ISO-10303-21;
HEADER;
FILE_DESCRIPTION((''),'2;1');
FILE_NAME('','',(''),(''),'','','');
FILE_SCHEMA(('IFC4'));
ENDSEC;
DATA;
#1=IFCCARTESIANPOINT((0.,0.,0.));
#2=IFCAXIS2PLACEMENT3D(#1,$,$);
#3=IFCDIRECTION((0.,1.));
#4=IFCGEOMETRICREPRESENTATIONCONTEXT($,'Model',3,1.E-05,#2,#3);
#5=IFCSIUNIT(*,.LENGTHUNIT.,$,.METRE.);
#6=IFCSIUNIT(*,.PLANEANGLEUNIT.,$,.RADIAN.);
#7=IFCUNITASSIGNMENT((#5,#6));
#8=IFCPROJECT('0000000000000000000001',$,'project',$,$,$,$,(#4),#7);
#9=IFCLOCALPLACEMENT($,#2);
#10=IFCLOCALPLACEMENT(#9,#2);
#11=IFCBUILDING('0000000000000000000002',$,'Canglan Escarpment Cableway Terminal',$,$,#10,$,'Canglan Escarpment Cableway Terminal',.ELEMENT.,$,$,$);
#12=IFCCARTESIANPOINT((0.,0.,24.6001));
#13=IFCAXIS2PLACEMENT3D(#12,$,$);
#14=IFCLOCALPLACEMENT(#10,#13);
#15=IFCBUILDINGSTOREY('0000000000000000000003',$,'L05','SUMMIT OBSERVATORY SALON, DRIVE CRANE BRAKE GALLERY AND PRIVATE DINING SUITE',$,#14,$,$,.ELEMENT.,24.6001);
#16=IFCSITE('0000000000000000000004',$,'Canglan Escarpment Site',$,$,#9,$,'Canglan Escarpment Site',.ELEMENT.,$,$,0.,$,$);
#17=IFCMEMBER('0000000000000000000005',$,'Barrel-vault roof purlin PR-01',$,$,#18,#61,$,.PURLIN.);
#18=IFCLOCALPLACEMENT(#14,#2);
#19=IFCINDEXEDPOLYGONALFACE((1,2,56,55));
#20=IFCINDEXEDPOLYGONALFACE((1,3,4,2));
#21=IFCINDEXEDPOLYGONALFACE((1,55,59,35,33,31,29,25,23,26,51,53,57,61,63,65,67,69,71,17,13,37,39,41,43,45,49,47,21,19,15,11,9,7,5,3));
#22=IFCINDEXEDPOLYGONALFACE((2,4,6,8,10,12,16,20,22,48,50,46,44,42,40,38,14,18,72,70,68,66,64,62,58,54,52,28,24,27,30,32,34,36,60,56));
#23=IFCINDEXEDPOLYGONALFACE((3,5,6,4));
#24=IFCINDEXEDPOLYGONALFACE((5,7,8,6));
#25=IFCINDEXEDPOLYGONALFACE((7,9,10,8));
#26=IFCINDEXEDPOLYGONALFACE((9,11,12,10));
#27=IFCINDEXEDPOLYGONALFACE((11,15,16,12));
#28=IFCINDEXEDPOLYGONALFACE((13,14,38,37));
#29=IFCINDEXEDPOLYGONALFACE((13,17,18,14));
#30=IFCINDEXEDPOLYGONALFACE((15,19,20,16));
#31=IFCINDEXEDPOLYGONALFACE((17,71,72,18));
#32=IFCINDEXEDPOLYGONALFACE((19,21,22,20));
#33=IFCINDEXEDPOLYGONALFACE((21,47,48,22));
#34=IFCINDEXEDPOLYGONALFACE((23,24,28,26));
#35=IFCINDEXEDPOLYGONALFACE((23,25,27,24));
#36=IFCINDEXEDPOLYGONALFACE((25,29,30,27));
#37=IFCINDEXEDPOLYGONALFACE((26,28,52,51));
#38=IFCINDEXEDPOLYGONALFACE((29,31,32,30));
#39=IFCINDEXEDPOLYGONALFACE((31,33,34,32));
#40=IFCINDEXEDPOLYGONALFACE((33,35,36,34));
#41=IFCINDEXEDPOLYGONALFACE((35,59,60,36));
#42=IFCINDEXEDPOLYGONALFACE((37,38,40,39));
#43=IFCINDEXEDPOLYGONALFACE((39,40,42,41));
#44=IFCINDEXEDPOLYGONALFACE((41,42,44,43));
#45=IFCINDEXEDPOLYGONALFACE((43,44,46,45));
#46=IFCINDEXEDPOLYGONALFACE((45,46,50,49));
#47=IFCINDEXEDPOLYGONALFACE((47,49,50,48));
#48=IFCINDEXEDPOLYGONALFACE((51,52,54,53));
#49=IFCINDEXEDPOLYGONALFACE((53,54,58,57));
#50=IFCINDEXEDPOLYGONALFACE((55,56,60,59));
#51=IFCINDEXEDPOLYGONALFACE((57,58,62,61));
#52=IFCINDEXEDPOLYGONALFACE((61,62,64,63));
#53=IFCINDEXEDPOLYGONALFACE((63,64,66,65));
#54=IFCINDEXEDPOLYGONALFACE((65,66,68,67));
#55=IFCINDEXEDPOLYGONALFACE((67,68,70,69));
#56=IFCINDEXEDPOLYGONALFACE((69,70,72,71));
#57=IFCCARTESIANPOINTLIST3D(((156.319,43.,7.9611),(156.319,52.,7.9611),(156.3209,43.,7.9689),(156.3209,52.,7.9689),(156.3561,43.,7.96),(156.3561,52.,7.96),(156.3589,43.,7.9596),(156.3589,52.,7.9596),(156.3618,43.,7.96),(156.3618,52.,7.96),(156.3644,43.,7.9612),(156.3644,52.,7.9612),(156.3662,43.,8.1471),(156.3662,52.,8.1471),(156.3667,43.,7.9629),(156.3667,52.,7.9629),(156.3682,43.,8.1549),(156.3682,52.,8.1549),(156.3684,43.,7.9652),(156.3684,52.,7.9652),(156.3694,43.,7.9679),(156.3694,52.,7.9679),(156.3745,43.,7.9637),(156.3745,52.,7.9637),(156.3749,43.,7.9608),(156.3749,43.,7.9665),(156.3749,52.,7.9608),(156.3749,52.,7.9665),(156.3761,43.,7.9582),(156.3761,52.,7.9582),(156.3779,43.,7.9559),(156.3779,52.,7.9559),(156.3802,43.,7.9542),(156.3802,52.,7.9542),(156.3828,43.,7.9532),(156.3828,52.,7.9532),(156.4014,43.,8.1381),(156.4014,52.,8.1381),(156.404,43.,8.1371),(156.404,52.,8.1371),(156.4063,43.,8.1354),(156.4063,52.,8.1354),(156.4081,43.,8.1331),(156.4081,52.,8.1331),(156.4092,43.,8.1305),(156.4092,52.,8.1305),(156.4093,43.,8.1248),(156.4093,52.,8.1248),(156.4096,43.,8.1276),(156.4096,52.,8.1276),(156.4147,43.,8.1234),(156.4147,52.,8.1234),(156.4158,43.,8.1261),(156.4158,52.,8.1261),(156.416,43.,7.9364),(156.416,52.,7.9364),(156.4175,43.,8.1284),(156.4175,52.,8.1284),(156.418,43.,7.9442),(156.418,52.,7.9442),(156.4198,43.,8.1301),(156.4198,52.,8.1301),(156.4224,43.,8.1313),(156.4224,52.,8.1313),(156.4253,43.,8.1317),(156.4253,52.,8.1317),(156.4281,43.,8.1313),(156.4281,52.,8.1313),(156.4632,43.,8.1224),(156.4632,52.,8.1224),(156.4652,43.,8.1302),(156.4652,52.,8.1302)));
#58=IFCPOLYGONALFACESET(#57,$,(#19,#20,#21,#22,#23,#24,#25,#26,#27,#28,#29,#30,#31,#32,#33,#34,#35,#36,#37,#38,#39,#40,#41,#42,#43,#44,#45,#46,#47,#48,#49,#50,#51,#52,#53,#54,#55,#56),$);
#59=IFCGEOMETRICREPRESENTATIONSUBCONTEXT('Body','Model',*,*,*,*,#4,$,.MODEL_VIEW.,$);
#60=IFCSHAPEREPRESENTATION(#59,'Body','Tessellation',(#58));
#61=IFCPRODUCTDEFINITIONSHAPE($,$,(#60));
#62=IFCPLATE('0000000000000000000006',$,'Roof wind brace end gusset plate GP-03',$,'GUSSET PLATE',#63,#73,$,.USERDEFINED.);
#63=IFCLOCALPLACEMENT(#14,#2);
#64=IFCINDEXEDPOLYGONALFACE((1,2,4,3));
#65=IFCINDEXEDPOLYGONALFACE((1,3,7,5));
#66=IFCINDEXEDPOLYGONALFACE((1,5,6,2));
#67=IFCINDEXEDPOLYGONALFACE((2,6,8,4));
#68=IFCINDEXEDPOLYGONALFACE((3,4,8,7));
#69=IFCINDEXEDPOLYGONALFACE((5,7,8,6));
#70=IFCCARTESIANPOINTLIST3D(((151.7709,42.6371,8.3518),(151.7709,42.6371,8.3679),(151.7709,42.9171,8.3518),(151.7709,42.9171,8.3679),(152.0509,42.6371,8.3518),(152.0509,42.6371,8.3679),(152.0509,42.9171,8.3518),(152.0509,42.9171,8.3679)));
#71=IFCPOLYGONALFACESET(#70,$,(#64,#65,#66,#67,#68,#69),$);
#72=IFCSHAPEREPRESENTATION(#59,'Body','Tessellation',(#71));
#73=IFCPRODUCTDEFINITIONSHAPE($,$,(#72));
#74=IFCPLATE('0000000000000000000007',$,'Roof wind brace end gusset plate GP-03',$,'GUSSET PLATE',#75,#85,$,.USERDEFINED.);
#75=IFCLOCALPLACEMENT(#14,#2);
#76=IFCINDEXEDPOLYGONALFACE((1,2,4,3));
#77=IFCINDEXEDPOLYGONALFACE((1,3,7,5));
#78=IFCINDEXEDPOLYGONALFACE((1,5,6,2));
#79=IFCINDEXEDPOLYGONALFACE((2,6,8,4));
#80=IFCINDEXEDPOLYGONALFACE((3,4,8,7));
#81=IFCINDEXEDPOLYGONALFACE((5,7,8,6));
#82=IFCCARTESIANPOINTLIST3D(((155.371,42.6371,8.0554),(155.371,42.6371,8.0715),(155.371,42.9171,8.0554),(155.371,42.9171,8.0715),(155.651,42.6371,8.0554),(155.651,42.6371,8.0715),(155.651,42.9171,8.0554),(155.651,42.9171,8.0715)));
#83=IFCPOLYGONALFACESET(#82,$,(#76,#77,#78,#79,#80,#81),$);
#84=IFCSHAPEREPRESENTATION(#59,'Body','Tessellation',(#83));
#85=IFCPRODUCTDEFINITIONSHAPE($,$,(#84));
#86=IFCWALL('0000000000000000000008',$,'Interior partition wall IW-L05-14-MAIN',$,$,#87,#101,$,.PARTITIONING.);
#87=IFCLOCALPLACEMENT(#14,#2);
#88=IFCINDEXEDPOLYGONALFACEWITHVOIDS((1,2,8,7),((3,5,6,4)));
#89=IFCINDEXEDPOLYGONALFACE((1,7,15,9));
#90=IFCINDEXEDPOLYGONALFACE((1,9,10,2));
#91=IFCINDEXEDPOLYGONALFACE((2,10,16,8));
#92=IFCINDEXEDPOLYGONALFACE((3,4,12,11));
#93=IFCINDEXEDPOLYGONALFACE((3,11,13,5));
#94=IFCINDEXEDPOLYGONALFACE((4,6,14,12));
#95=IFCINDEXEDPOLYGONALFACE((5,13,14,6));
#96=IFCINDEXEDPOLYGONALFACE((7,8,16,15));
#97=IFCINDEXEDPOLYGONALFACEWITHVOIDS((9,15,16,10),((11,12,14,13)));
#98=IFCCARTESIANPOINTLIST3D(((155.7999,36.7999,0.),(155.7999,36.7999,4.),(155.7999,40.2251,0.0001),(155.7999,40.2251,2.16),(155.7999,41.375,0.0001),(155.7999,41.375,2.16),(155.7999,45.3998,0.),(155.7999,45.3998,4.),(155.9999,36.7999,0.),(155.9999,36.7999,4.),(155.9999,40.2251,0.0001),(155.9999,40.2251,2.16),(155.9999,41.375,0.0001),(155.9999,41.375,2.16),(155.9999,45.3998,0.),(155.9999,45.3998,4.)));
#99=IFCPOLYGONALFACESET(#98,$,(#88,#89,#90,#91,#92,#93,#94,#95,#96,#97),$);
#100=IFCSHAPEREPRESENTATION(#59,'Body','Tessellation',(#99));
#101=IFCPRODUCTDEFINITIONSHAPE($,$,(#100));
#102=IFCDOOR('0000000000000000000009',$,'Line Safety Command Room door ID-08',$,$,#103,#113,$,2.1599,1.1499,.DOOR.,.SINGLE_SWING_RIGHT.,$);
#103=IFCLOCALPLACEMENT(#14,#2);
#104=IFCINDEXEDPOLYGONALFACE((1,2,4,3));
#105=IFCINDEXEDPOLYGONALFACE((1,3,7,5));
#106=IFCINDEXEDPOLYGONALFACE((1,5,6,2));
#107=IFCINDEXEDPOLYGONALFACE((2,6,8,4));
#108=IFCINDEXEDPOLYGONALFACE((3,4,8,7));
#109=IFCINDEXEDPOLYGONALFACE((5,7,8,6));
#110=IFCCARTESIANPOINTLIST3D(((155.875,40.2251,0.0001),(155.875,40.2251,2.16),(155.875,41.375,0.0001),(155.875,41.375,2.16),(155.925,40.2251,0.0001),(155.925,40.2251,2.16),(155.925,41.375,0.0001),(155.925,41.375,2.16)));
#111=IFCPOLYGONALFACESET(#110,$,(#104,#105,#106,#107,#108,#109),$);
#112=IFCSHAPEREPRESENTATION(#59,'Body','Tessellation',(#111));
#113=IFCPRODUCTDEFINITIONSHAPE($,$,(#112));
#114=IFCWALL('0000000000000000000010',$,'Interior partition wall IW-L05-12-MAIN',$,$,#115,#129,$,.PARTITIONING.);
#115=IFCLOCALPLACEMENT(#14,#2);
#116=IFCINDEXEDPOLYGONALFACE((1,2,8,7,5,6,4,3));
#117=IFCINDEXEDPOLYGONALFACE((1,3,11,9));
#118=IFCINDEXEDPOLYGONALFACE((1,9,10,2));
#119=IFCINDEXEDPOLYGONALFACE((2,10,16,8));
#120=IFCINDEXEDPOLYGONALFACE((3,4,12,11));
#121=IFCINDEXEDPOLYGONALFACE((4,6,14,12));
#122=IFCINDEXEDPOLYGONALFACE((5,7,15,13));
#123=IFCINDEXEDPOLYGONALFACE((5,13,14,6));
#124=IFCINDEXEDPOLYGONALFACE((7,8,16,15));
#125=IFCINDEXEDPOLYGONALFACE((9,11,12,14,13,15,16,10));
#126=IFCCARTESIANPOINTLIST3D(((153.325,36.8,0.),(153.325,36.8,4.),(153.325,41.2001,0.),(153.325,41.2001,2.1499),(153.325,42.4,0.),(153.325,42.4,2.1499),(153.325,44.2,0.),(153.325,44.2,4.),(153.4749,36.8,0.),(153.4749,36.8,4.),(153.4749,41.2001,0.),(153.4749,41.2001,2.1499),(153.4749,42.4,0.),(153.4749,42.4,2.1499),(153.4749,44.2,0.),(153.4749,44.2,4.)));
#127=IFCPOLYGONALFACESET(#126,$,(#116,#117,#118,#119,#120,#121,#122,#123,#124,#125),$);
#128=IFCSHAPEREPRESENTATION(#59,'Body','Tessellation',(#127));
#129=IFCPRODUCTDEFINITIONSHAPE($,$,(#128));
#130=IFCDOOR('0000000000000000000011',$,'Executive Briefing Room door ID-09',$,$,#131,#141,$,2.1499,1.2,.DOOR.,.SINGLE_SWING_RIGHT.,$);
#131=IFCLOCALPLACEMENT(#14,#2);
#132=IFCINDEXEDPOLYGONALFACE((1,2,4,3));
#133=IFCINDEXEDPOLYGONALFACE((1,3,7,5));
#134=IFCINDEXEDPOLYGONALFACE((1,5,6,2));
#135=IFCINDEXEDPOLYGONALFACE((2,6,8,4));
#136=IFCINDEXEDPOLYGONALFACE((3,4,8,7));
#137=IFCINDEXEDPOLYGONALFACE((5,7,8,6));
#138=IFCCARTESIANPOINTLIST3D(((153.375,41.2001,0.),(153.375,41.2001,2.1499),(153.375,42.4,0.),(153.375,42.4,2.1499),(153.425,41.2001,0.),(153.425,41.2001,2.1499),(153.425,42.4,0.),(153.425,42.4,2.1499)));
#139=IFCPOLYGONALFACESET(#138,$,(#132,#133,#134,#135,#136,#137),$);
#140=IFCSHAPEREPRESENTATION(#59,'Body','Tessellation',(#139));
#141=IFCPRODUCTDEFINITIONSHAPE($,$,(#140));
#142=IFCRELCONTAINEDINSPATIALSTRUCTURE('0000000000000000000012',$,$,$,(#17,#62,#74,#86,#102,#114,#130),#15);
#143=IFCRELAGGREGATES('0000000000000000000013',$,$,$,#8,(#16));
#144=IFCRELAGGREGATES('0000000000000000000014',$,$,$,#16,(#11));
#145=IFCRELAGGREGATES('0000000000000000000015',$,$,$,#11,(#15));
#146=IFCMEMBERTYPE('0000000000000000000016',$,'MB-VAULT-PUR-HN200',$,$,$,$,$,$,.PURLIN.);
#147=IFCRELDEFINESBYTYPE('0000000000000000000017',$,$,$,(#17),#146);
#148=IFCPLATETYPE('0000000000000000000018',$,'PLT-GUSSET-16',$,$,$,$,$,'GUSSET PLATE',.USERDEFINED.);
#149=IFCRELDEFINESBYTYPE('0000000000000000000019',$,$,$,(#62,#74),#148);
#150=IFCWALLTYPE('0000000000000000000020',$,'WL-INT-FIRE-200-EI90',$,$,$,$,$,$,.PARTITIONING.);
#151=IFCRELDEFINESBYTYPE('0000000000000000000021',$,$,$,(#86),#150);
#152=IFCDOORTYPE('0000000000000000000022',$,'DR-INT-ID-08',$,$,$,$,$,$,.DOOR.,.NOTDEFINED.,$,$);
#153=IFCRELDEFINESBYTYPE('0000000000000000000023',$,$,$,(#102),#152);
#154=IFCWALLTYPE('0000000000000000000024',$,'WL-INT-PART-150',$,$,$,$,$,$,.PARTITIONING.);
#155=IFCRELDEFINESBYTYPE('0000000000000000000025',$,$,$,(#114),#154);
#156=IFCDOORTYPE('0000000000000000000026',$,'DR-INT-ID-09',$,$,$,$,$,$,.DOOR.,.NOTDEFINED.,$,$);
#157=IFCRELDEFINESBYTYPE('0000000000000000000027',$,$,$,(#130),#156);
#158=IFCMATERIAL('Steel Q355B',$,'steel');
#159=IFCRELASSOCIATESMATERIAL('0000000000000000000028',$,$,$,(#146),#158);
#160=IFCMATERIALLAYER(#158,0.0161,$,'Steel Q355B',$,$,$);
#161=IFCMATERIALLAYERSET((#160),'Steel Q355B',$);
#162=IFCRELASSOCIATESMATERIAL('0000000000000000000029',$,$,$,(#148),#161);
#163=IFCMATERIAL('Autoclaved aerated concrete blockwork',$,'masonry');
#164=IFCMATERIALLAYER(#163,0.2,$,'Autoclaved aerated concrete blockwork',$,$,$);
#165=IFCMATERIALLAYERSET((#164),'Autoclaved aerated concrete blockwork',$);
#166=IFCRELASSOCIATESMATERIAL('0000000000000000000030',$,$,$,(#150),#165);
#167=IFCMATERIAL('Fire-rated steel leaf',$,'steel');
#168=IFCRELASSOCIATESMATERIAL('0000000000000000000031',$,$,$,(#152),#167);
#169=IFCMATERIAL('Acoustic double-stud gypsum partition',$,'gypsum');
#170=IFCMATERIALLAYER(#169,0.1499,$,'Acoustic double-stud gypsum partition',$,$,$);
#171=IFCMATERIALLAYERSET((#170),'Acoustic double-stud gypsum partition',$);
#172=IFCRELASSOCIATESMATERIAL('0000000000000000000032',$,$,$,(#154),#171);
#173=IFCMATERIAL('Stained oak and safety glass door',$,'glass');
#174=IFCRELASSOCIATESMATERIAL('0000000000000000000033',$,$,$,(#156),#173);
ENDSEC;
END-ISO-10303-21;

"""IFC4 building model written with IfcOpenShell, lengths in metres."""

from ifc_helpers import new_model, si_unit, direction, frame, frame_2d, origin, origin_2d, place, context, subcontext, project, spatial, rectangle, i_section, extrude, material, layer, layer_set, material_profile, profile_set, type_object, element, fill, save


model = new_model("IFC4")

# Units and contexts
model_context = context("Model", 3, precision=1e-05, world=origin(), true_north=direction((0.0, 1.0)))
body_context = subcontext(model_context, "Body", "Model", "MODEL_VIEW")
ifc_project = project(units=[si_unit("LENGTHUNIT", "METRE"), si_unit("PLANEANGLEUNIT", "RADIAN")], contexts=[model_context])

# Site, building, storey
site_placement = place(None, origin())
site = spatial("IfcSite", under=ifc_project, at=site_placement, Name="Canglan Escarpment Site", LongName="Canglan Escarpment Site", CompositionType="ELEMENT", RefElevation=0.0)
building_placement = place(site_placement, origin())
building = spatial("IfcBuilding", under=site, at=building_placement, Name="Canglan Escarpment Cableway Terminal", LongName="Canglan Escarpment Cableway Terminal", CompositionType="ELEMENT")
storey_placement = place(building_placement, frame((0.0, 0.0, 24.6001)))
storey = spatial("IfcBuildingStorey", under=building, at=storey_placement, Name="L05", Description="SUMMIT OBSERVATORY SALON, DRIVE CRANE BRAKE GALLERY AND PRIVATE DINING SUITE", CompositionType="ELEMENT", Elevation=24.6001)

# Shared definitions
ifc_material_1 = material(Name="Steel Q355B", Category="steel")

# Member
ifc_material_profile_1 = material_profile(ifc_material_1, i_section(OverallWidth=0.1001, OverallDepth=0.2, WebThickness=0.0056, FlangeThickness=0.0081, FilletRadius=0.011, at=origin_2d()), Name="HN 200x100x5.5x8")
ifc_profile_set_1 = profile_set([ifc_material_profile_1], Name="Steel Q355B")
member_type_1 = type_object("IfcMemberType", Name="MB-VAULT-PUR-HN200", PredefinedType="PURLIN", material=ifc_profile_set_1)
for number, where, z_axis, x_axis, name in (
    (1, (156.3921, 43.0, 8.0457), (0.0, 1.0, 0.0), (-0.969184, 0.0, 0.246339), "Barrel-vault roof purlin PR-01"),
):
    element("IfcMember", number, at=place(storey_placement, frame(where, z_axis=z_axis, x_axis=x_axis)), inside=storey, type_object=member_type_1, Name=name, PredefinedType="PURLIN", context=body_context, shape_type="SweptSolid", body=[
        extrude(i_section(OverallWidth=0.1001, OverallDepth=0.2, WebThickness=0.0056, FlangeThickness=0.0081, FilletRadius=0.011, at=origin_2d()), origin(), (0.0, 0.0, 1.0), 9.0),
    ])

# Plates
ifc_layer_1 = layer(ifc_material_1, 0.0161, Name="Steel Q355B")
ifc_layer_set_1 = layer_set([ifc_layer_1], Name="Steel Q355B")
plate_type = type_object("IfcPlateType", Name="PLT-GUSSET-16", ElementType="GUSSET PLATE", PredefinedType="USERDEFINED", material=ifc_layer_set_1)
for number, where, z_axis, x_axis, name in (
    (2, (151.9109, 42.7771, 8.3518), (0.0, 0.0, 1.0), (1.0, 0.0, 0.0), "Roof wind brace end gusset plate GP-03"),
    (3, (155.511, 42.7771, 8.0554), (0.0, 0.0, 1.0), (1.0, 0.0, 0.0), "Roof wind brace end gusset plate GP-03"),
):
    element("IfcPlate", number, at=place(storey_placement, frame(where, z_axis=z_axis, x_axis=x_axis)), inside=storey, type_object=plate_type, Name=name, ObjectType="GUSSET PLATE", PredefinedType="USERDEFINED", context=body_context, shape_type="SweptSolid", body=[
        extrude(rectangle(XDim=0.28, YDim=0.28, at=origin_2d()), origin(), (0.0, 0.0, 1.0), 0.0161),
    ])

# Walls, openings, doors
ifc_material_2 = material(Name="Autoclaved aerated concrete blockwork", Category="masonry")
ifc_layer_2 = layer(ifc_material_2, 0.2, Name="Autoclaved aerated concrete blockwork")
ifc_layer_set_2 = layer_set([ifc_layer_2], Name="Autoclaved aerated concrete blockwork")
wall_type_1 = type_object("IfcWallType", Name="WL-INT-FIRE-200-EI90", PredefinedType="PARTITIONING", material=ifc_layer_set_2)
wall_1_placement = place(storey_placement, frame((155.8999, 36.8, 0.0), z_axis=(0.0, 0.0, 1.0), x_axis=(0.0, 1.0, 0.0)))
wall_1 = element("IfcWall", 4, at=wall_1_placement, inside=storey, type_object=wall_type_1, Name="Interior partition wall IW-L05-14-MAIN", PredefinedType="PARTITIONING", context=body_context, shape_type="SweptSolid", body=[
    extrude(rectangle(XDim=8.5999, YDim=0.2, at=frame_2d((4.2998, 0.0))), origin(), (0.0, 0.0, 1.0), 4.0),
])
opening_1_placement = place(wall_1_placement, frame((3.425, 0.0, 0.0)))
opening_1 = element("IfcOpeningElement", 5, at=opening_1_placement, cuts=wall_1, PredefinedType="OPENING", context=body_context, shape_type="SweptSolid", body=[
    extrude(rectangle(XDim=1.1499, YDim=2.1599, at=frame_2d((0.575, 1.0801))), frame((0.0, 0.1099, 0.0), z_axis=(0.0, -1.0, 0.0), x_axis=(1.0, 0.0, 0.0)), (0.0, 0.0, 1.0), 0.22),
])
ifc_material_3 = material(Name="Fire-rated steel leaf", Category="steel")
door_type_1 = type_object("IfcDoorType", Name="DR-INT-ID-08", OperationType="NOTDEFINED", PredefinedType="DOOR", material=ifc_material_3)
door_1_placement = place(opening_1_placement, origin())
door_1 = element("IfcDoor", 6, at=door_1_placement, inside=storey, type_object=door_type_1, Name="Line Safety Command Room door ID-08", OperationType="SINGLE_SWING_RIGHT", OverallHeight=2.1599, OverallWidth=1.1499, PredefinedType="DOOR", context=body_context, shape_type="SweptSolid", body=[
    extrude(rectangle(XDim=1.1499, YDim=2.1599, at=frame_2d((0.575, 1.0801))), frame((0.0, 0.0249, 0.0), z_axis=(0.0, -1.0, 0.0), x_axis=(1.0, 0.0, 0.0)), (0.0, 0.0, 1.0), 0.05),
])
fill(opening_1, door_1)
ifc_material_4 = material(Name="Acoustic double-stud gypsum partition", Category="gypsum")
ifc_layer_3 = layer(ifc_material_4, 0.1499, Name="Acoustic double-stud gypsum partition")
ifc_layer_set_3 = layer_set([ifc_layer_3], Name="Acoustic double-stud gypsum partition")
wall_type_2 = type_object("IfcWallType", Name="WL-INT-PART-150", PredefinedType="PARTITIONING", material=ifc_layer_set_3)
wall_2_placement = place(storey_placement, frame((153.3999, 36.8, 0.0), z_axis=(0.0, 0.0, 1.0), x_axis=(0.0, 1.0, 0.0)))
wall_2 = element("IfcWall", 7, at=wall_2_placement, inside=storey, type_object=wall_type_2, Name="Interior partition wall IW-L05-12-MAIN", PredefinedType="PARTITIONING", context=body_context, shape_type="SweptSolid", body=[
    extrude(rectangle(XDim=7.3999, YDim=0.1499, at=frame_2d((3.7, 0.0))), origin(), (0.0, 0.0, 1.0), 4.0),
])
opening_2_placement = place(wall_2_placement, frame((4.3999, 0.0, 0.0)))
opening_2 = element("IfcOpeningElement", 8, at=opening_2_placement, cuts=wall_2, PredefinedType="OPENING", context=body_context, shape_type="SweptSolid", body=[
    extrude(rectangle(XDim=1.2, YDim=2.1499, at=frame_2d((0.6001, 1.075))), frame((0.0, 0.085, 0.0), z_axis=(0.0, -1.0, 0.0), x_axis=(1.0, 0.0, 0.0)), (0.0, 0.0, 1.0), 0.1699),
])
ifc_material_5 = material(Name="Stained oak and safety glass door", Category="glass")
door_type_2 = type_object("IfcDoorType", Name="DR-INT-ID-09", OperationType="NOTDEFINED", PredefinedType="DOOR", material=ifc_material_5)
door_2_placement = place(opening_2_placement, origin())
door_2 = element("IfcDoor", 9, at=door_2_placement, inside=storey, type_object=door_type_2, Name="Executive Briefing Room door ID-09", OperationType="SINGLE_SWING_RIGHT", OverallHeight=2.1499, OverallWidth=1.2, PredefinedType="DOOR", context=body_context, shape_type="SweptSolid", body=[
    extrude(rectangle(XDim=1.2, YDim=2.1499, at=frame_2d((0.6001, 1.075))), frame((0.0, 0.0249, 0.0), z_axis=(0.0, -1.0, 0.0), x_axis=(1.0, 0.0, 0.0)), (0.0, 0.0, 1.0), 0.05),
])
fill(opening_2, door_2)

save(model, "model.ifc")
